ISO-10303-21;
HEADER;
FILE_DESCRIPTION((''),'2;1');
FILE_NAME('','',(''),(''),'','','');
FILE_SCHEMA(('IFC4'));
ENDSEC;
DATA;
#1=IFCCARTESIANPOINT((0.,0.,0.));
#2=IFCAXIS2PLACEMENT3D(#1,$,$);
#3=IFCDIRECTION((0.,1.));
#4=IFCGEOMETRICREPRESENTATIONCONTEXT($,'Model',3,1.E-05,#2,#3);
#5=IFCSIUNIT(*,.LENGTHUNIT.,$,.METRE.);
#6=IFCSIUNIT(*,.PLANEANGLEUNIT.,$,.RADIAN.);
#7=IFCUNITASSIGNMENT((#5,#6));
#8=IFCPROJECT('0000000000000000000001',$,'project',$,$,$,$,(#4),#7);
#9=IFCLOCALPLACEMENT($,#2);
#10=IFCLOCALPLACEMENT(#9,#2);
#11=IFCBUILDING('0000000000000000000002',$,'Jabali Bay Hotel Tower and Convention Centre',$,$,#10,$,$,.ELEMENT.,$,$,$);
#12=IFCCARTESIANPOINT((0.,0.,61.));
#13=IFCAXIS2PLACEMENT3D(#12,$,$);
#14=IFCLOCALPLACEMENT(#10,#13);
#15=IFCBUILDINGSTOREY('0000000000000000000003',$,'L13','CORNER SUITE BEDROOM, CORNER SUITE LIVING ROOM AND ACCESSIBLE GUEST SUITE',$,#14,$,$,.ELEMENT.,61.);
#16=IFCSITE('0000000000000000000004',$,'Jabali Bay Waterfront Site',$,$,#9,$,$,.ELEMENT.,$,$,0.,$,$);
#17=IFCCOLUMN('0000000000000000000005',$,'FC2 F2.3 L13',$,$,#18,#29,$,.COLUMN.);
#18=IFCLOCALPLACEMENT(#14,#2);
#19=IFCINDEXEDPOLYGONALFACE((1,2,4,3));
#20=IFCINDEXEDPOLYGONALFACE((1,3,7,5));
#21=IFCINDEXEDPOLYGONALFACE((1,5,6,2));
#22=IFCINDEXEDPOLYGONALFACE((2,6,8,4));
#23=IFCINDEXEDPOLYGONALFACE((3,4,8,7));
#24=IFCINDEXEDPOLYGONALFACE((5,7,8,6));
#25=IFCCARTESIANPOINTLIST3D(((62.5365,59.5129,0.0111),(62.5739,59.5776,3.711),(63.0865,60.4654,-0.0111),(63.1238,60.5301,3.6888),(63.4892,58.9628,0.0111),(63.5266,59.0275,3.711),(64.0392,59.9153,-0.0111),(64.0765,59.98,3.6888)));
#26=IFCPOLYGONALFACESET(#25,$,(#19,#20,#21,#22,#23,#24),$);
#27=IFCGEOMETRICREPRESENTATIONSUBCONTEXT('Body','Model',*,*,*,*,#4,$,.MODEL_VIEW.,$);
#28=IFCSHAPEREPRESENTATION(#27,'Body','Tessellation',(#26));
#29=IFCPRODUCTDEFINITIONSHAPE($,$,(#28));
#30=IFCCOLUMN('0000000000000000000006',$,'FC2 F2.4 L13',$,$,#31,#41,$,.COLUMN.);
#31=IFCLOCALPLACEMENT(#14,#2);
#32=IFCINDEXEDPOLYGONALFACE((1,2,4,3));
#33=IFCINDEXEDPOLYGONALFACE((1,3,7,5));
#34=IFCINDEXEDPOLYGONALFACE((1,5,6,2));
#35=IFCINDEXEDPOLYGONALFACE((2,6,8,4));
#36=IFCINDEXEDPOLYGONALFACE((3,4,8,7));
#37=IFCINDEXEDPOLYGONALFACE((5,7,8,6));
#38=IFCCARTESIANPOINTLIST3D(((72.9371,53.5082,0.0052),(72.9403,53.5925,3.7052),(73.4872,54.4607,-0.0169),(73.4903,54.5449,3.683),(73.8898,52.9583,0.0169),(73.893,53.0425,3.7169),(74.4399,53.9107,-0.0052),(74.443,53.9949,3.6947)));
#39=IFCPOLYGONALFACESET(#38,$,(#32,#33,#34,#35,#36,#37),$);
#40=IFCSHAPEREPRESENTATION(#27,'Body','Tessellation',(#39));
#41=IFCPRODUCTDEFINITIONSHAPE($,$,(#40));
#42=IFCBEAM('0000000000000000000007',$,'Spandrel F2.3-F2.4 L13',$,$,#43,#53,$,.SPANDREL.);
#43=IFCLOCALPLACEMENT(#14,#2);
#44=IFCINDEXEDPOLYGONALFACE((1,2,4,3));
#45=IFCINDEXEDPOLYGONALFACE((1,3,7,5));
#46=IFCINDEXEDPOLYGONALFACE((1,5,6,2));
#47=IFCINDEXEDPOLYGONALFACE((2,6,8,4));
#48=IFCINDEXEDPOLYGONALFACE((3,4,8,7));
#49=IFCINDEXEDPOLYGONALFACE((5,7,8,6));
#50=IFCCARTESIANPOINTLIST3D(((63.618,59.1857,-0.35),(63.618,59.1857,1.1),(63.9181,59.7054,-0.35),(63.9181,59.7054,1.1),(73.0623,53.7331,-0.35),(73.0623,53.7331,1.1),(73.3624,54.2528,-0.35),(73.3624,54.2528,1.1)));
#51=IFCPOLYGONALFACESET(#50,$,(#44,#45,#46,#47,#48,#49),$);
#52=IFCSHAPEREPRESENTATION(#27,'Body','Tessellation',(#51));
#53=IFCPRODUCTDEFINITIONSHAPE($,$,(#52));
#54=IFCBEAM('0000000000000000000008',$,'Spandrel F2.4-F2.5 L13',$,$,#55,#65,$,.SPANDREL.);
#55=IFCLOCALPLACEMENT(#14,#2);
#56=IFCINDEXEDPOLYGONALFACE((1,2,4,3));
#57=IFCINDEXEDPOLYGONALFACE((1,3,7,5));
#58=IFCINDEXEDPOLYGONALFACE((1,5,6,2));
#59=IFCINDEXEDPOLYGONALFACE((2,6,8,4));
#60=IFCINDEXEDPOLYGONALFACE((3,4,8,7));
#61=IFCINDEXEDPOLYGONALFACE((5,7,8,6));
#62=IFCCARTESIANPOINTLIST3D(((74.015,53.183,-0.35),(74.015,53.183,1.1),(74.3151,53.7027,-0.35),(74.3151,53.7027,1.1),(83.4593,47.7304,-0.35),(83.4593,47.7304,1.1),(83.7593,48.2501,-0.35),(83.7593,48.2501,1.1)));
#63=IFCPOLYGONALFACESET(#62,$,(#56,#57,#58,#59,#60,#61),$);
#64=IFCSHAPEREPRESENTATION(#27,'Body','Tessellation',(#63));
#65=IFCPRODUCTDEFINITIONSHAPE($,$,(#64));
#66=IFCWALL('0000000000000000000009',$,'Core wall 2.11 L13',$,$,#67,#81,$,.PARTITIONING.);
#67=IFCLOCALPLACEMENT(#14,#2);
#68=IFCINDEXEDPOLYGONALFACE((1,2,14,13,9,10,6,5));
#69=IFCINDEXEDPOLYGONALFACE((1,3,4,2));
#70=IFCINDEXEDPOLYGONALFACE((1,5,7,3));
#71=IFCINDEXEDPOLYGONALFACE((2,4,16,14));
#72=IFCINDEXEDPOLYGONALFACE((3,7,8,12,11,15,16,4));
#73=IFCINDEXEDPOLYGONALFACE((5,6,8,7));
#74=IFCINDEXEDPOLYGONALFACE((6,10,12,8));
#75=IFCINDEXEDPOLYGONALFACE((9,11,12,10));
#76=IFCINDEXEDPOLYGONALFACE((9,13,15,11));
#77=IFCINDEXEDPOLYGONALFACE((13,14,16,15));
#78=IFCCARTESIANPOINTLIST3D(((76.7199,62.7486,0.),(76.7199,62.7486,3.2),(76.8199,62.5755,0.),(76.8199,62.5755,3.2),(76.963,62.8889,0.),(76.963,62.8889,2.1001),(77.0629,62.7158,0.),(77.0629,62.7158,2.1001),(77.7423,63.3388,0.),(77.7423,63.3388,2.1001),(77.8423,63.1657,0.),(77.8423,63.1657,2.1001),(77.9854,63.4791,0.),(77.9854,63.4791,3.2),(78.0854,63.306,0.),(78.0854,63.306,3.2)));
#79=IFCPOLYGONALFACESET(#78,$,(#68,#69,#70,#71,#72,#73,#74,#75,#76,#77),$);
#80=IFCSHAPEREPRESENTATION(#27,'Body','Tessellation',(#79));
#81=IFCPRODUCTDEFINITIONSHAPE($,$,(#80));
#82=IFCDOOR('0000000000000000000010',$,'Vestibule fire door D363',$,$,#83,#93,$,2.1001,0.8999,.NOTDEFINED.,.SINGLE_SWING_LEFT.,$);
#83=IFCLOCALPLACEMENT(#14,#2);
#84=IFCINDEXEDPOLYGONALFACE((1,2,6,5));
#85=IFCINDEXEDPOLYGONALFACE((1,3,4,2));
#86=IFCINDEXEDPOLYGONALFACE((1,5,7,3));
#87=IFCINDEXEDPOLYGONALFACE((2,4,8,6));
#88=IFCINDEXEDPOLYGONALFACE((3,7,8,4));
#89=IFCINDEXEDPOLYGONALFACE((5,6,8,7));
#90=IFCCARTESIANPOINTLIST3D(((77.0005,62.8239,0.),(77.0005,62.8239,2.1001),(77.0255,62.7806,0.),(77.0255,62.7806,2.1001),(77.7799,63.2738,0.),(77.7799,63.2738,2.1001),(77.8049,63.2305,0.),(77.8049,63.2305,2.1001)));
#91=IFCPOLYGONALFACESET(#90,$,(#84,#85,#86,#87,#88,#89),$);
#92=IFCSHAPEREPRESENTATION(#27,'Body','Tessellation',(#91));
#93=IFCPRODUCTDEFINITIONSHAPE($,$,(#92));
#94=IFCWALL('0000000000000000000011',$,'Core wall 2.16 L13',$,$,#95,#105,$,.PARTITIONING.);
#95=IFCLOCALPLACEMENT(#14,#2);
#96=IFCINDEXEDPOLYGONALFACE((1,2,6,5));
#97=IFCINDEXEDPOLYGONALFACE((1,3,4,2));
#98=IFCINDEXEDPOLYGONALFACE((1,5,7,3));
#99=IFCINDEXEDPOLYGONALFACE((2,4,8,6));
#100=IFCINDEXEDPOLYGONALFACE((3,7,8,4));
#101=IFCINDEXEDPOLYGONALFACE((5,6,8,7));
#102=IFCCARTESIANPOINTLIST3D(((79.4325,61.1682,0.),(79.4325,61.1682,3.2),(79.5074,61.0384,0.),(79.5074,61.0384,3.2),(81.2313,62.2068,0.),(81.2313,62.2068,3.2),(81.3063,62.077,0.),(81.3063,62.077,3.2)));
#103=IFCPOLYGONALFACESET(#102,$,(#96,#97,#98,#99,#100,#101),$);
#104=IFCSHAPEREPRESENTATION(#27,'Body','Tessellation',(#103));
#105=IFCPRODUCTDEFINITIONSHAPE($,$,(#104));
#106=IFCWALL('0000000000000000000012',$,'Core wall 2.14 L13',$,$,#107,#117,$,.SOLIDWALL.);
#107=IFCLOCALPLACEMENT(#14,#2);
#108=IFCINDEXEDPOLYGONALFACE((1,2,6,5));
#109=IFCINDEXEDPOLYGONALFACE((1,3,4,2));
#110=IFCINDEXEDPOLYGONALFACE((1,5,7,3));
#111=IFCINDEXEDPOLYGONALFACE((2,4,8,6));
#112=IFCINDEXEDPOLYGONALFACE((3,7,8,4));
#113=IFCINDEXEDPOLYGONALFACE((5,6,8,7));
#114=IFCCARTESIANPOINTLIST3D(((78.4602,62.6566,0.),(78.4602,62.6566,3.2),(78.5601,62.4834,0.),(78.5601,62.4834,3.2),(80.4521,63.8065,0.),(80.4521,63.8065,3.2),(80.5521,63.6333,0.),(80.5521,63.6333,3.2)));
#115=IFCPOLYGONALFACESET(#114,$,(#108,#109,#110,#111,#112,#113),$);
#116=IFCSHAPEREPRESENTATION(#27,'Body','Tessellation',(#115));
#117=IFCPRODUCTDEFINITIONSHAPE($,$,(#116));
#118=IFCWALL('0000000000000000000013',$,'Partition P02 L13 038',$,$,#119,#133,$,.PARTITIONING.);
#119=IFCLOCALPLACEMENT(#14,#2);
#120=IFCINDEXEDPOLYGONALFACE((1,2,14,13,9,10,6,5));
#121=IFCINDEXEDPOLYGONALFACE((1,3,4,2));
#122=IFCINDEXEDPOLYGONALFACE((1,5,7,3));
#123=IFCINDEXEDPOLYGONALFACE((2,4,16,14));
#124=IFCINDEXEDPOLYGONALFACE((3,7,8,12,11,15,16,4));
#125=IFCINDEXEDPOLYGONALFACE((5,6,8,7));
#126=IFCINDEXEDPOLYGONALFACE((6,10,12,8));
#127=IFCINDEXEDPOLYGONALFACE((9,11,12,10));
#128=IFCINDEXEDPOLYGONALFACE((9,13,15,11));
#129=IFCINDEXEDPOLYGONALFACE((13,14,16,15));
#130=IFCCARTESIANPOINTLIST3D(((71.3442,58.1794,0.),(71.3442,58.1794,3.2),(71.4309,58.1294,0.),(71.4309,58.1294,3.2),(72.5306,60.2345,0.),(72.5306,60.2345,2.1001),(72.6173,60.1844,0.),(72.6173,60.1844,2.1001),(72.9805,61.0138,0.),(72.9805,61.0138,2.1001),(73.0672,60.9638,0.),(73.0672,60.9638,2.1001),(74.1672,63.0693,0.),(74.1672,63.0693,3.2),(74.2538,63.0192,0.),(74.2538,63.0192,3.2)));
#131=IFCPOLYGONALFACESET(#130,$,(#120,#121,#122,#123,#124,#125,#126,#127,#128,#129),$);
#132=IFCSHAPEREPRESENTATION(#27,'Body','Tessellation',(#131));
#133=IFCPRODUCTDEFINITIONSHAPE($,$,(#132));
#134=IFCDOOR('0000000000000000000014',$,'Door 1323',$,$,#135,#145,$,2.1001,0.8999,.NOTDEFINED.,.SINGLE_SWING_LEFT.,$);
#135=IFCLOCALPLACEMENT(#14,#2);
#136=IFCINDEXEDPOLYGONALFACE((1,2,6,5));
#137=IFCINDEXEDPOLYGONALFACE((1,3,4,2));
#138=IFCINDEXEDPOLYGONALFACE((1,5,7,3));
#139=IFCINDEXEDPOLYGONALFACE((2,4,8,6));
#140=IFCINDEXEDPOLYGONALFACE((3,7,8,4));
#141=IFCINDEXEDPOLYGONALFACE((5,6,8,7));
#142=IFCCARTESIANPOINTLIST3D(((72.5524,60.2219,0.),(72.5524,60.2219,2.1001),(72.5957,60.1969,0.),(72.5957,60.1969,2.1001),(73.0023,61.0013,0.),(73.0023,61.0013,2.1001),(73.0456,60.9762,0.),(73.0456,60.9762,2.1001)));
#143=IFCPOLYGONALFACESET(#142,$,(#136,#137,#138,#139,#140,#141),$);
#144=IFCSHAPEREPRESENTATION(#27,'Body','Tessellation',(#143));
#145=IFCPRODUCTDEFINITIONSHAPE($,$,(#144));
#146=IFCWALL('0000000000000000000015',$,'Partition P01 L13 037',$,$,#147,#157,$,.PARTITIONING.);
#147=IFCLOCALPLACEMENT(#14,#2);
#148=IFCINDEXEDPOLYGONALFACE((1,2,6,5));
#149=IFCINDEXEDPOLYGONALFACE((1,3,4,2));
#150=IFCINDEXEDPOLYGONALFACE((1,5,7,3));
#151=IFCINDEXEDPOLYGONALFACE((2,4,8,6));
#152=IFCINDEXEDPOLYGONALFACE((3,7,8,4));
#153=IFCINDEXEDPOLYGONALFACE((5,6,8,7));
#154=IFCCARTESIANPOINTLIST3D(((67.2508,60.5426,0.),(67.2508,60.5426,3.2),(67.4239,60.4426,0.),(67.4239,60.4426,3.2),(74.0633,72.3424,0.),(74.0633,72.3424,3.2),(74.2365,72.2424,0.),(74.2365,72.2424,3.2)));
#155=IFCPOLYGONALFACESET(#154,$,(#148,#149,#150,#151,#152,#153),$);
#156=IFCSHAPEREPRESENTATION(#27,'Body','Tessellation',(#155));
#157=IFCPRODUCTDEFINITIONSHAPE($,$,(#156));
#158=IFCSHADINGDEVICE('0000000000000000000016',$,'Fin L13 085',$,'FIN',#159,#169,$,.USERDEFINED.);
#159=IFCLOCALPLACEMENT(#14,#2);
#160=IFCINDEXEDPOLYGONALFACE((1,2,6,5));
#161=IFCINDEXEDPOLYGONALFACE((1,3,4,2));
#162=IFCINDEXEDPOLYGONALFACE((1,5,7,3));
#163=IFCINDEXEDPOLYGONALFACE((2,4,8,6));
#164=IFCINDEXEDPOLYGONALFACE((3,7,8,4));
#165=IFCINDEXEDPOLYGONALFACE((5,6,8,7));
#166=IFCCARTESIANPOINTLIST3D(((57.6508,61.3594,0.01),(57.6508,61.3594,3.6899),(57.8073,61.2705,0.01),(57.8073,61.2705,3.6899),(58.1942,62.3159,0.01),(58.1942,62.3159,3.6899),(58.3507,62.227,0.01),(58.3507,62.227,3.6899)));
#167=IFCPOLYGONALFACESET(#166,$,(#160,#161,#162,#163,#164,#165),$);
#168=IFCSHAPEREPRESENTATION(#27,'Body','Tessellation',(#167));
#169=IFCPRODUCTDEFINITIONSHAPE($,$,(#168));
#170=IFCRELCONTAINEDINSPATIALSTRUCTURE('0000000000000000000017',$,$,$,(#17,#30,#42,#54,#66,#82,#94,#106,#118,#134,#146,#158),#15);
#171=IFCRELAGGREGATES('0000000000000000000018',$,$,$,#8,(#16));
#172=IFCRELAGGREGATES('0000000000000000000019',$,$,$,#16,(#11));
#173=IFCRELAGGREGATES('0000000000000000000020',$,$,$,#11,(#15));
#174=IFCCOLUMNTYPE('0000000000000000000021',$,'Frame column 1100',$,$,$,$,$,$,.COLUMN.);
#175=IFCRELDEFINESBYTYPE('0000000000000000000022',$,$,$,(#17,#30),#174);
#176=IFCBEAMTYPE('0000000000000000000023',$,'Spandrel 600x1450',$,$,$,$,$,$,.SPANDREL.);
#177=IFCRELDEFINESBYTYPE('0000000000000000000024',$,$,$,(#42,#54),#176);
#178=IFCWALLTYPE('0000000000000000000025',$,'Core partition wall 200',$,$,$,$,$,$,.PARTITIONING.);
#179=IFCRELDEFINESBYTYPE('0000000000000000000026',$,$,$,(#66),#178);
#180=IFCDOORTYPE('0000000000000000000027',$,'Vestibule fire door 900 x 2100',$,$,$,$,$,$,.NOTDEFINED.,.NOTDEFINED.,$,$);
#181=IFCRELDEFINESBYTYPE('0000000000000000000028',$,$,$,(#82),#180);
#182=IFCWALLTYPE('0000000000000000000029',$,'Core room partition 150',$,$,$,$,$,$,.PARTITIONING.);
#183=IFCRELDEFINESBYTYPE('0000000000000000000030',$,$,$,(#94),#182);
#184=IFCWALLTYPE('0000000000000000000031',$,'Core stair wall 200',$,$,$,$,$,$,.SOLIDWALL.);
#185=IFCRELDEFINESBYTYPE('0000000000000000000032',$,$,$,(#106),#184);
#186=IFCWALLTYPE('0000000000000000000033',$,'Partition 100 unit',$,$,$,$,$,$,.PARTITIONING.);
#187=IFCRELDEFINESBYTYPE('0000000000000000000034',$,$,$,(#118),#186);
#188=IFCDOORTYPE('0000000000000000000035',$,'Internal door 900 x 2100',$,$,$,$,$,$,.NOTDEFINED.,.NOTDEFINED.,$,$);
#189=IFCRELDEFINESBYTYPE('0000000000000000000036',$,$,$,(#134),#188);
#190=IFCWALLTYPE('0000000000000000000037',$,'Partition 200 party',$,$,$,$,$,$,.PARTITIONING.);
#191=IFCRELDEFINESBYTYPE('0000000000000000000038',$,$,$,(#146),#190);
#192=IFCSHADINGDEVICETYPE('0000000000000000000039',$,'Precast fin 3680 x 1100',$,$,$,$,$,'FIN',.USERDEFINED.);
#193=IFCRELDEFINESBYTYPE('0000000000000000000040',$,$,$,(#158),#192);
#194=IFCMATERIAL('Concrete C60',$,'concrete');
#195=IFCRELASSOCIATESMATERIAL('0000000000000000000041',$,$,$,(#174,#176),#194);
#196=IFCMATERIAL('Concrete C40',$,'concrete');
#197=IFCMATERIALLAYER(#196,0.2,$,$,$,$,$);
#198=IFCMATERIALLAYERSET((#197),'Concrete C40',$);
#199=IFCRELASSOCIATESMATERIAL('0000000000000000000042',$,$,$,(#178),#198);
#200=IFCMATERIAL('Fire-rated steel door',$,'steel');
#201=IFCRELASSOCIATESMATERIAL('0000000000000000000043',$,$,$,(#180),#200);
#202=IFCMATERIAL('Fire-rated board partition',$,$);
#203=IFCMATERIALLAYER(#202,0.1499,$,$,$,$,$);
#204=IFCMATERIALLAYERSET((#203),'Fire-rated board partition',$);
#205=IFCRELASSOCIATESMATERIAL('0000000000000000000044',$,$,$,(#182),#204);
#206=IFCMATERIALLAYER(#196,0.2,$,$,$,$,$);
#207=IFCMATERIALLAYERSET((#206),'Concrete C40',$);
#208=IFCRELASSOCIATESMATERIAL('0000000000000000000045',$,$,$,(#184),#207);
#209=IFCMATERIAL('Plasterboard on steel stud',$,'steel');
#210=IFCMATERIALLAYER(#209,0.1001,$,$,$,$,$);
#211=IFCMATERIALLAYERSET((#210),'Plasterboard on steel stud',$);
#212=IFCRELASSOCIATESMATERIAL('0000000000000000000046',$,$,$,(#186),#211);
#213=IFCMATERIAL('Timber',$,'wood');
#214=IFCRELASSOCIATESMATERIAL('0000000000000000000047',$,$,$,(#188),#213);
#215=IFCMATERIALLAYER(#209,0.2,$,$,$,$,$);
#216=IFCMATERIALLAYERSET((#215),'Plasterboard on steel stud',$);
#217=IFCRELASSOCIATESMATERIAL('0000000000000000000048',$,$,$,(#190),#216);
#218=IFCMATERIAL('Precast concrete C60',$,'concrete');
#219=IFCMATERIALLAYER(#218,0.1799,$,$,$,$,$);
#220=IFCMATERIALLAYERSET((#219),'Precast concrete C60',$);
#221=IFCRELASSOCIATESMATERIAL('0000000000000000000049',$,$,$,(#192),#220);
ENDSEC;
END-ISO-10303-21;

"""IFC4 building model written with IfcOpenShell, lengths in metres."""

from ifc_helpers import new_model, si_unit, direction, frame, frame_2d, origin, origin_2d, place, context, subcontext, project, spatial, rectangle, extrude, material, layer, layer_set, material_profile, profile_set, type_object, element, fill, save


model = new_model("IFC4")

# Units and contexts
model_context = context("Model", 3, precision=1e-05, world=origin(), true_north=direction((0.0, 1.0)))
body_context = subcontext(model_context, "Body", "Model", "MODEL_VIEW")
ifc_project = project(units=[si_unit("LENGTHUNIT", "METRE"), si_unit("PLANEANGLEUNIT", "RADIAN")], contexts=[model_context])

# Site, building, storey
site_placement = place(None, origin())
site = spatial("IfcSite", under=ifc_project, at=site_placement, Name="Jabali Bay Waterfront Site", CompositionType="ELEMENT", RefElevation=0.0)
building_placement = place(site_placement, origin())
building = spatial("IfcBuilding", under=site, at=building_placement, Name="Jabali Bay Hotel Tower and Convention Centre", CompositionType="ELEMENT")
storey_placement = place(building_placement, frame((0.0, 0.0, 61.0)))
storey = spatial("IfcBuildingStorey", under=building, at=storey_placement, Name="L13", Description="CORNER SUITE BEDROOM, CORNER SUITE LIVING ROOM AND ACCESSIBLE GUEST SUITE", CompositionType="ELEMENT", Elevation=61.0)

# Columns
ifc_material_1 = material(Name="Concrete C60", Category="concrete")
ifc_material_profile_1 = material_profile(ifc_material_1, rectangle(XDim=1.1001, YDim=1.1001, at=origin_2d()), Name="Frame column 1100")
ifc_profile_set_1 = profile_set([ifc_material_profile_1], Name="Concrete C60")
column_type = type_object("IfcColumnType", Name="Frame column 1100", PredefinedType="COLUMN", material=ifc_profile_set_1)
column_1_placement = place(storey_placement, frame((63.2878, 59.7141, 0.0), z_axis=(0.010094, 0.017482, 0.999796), x_axis=(-0.499907, -0.865844, 0.020187)))
element("IfcColumn", 1, at=column_1_placement, inside=storey, type_object=column_type, Name="FC2 F2.3 L13", PredefinedType="COLUMN", context=body_context, shape_type="SweptSolid", body=[
    extrude(rectangle(XDim=1.1001, YDim=1.1001, at=origin_2d()), origin(), (0.0, 0.0, 1.0), 3.7007),
])
column_2_placement = place(storey_placement, frame((73.6885, 53.7095, 0.0), z_axis=(0.000858, 0.022759, 0.999741), x_axis=(-0.500033, -0.865772, 0.020138)))
element("IfcColumn", 2, at=column_2_placement, inside=storey, type_object=column_type, Name="FC2 F2.4 L13", PredefinedType="COLUMN", context=body_context, shape_type="SweptSolid", body=[
    extrude(rectangle(XDim=1.1001, YDim=1.1001, at=origin_2d()), origin(), (0.0, 0.0, 1.0), 3.7009),
])

# Beams
ifc_material_profile_2 = material_profile(ifc_material_1, rectangle(XDim=0.6001, YDim=1.45, at=origin_2d()), Name="Spandrel 600x1450")
ifc_profile_set_2 = profile_set([ifc_material_profile_2], Name="Concrete C60")
beam_type = type_object("IfcBeamType", Name="Spandrel 600x1450", PredefinedType="SPANDREL", material=ifc_profile_set_2)
for number, where, z_axis, x_axis, name in (
    (3, (63.7681, 59.4456, 0.375), (0.866028, -0.499996, 0.0), (0.499996, 0.866028, 0.0), "Spandrel F2.3-F2.4 L13"),
    (4, (74.165, 53.4429, 0.375), (0.866028, -0.499996, 0.0), (0.499996, 0.866028, 0.0), "Spandrel F2.4-F2.5 L13"),
):
    element("IfcBeam", number, at=place(storey_placement, frame(where, z_axis=z_axis, x_axis=x_axis)), inside=storey, type_object=beam_type, Name=name, PredefinedType="SPANDREL", context=body_context, shape_type="SweptSolid", body=[
        extrude(rectangle(XDim=0.6001, YDim=1.45, at=origin_2d()), origin(), (0.0, 0.0, 1.0), 10.9053),
    ])

# Wall, opening, door
ifc_material_2 = material(Name="Concrete C40", Category="concrete")
ifc_layer_1 = layer(ifc_material_2, 0.2)
ifc_layer_set_1 = layer_set([ifc_layer_1], Name="Concrete C40")
wall_type_1 = type_object("IfcWallType", Name="Core partition wall 200", PredefinedType="PARTITIONING", material=ifc_layer_set_1)
wall_1_placement = place(storey_placement, frame((76.77, 62.6621, 0.0), z_axis=(0.0, 0.0, 1.0), x_axis=(0.866055, 0.499949, 0.0)))
wall_1 = element("IfcWall", 5, at=wall_1_placement, inside=storey, type_object=wall_type_1, Name="Core wall 2.11 L13", PredefinedType="PARTITIONING", context=body_context, shape_type="SweptSolid", body=[
    extrude(rectangle(XDim=1.4612, YDim=0.2, at=frame_2d((0.7305, 0.0))), origin(), (0.0, 0.0, 1.0), 3.2),
])
opening_1_placement = place(wall_1_placement, frame((0.2805, 0.0, 0.0)))
opening_1 = element("IfcOpeningElement", 6, at=opening_1_placement, cuts=wall_1, PredefinedType="OPENING", context=body_context, shape_type="SweptSolid", body=[
    extrude(rectangle(XDim=0.8999, YDim=2.1001, at=frame_2d((0.45, 1.05))), frame((0.0, 0.1104, 0.0), z_axis=(0.0, -1.0, 0.0), x_axis=(1.0, 0.0, 0.0)), (0.0, 0.0, 1.0), 0.2209),
])
ifc_material_3 = material(Name="Fire-rated steel door", Category="steel")
door_type_1 = type_object("IfcDoorType", Name="Vestibule fire door 900 x 2100", OperationType="NOTDEFINED", PredefinedType="NOTDEFINED", material=ifc_material_3)
door_1_placement = place(opening_1_placement, origin())
door_1 = element("IfcDoor", 7, at=door_1_placement, inside=storey, type_object=door_type_1, Name="Vestibule fire door D363", OperationType="SINGLE_SWING_LEFT", OverallHeight=2.1001, OverallWidth=0.8999, PredefinedType="NOTDEFINED", context=body_context, shape_type="SweptSolid", body=[
    extrude(rectangle(XDim=0.8999, YDim=2.1001, at=frame_2d((0.45, 1.05))), frame((0.0, 0.0249, 0.0), z_axis=(0.0, -1.0, 0.0), x_axis=(1.0, 0.0, 0.0)), (0.0, 0.0, 1.0), 0.05),
])
fill(opening_1, door_1)

# Walls
ifc_material_4 = material(Name="Fire-rated board partition")
ifc_layer_2 = layer(ifc_material_4, 0.1499)
ifc_layer_set_2 = layer_set([ifc_layer_2], Name="Fire-rated board partition")
wall_type_2 = type_object("IfcWallType", Name="Core room partition 150", PredefinedType="PARTITIONING", material=ifc_layer_set_2)
wall_2_placement = place(storey_placement, frame((79.47, 61.1033, 0.0), z_axis=(0.0, 0.0, 1.0), x_axis=(0.866021, 0.500007, 0.0)))
element("IfcWall", 8, at=wall_2_placement, inside=storey, type_object=wall_type_2, Name="Core wall 2.16 L13", PredefinedType="PARTITIONING", context=body_context, shape_type="SweptSolid", body=[
    extrude(rectangle(XDim=2.0771, YDim=0.1499, at=frame_2d((1.0386, 0.0))), origin(), (0.0, 0.0, 1.0), 3.2),
])
ifc_layer_3 = layer(ifc_material_2, 0.2)
ifc_layer_set_3 = layer_set([ifc_layer_3], Name="Concrete C40")
wall_type_3 = type_object("IfcWallType", Name="Core stair wall 200", PredefinedType="SOLIDWALL", material=ifc_layer_set_3)
wall_3_placement = place(storey_placement, frame((78.5103, 62.5701, 0.0), z_axis=(0.0, 0.0, 1.0), x_axis=(0.866053, 0.499952, 0.0)))
element("IfcWall", 9, at=wall_3_placement, inside=storey, type_object=wall_type_3, Name="Core wall 2.14 L13", PredefinedType="SOLIDWALL", context=body_context, shape_type="SweptSolid", body=[
    extrude(rectangle(XDim=2.3, YDim=0.2, at=frame_2d((1.1499, 0.0))), origin(), (0.0, 0.0, 1.0), 3.2),
])

# Wall, opening, door
ifc_material_5 = material(Name="Plasterboard on steel stud", Category="steel")
ifc_layer_4 = layer(ifc_material_5, 0.1001)
ifc_layer_set_4 = layer_set([ifc_layer_4], Name="Plasterboard on steel stud")
wall_type_4 = type_object("IfcWallType", Name="Partition 100 unit", PredefinedType="PARTITIONING", material=ifc_layer_set_4)
wall_4_placement = place(storey_placement, frame((71.3875, 58.1543, 0.0), z_axis=(0.0, 0.0, 1.0), x_axis=(0.499976, 0.866039, 0.0)))
wall_4 = element("IfcWall", 10, at=wall_4_placement, inside=storey, type_object=wall_type_4, Name="Partition P02 L13 038", PredefinedType="PARTITIONING", context=body_context, shape_type="SweptSolid", body=[
    extrude(rectangle(XDim=5.6462, YDim=0.1001, at=frame_2d((2.8232, 0.0))), origin(), (0.0, 0.0, 1.0), 3.2),
])
opening_2_placement = place(wall_4_placement, frame((2.373, 0.0, 0.0)))
opening_2 = element("IfcOpeningElement", 11, at=opening_2_placement, cuts=wall_4, PredefinedType="OPENING", context=body_context, shape_type="SweptSolid", body=[
    extrude(rectangle(XDim=0.8999, YDim=2.1001, at=frame_2d((0.45, 1.05))), frame((0.0, 0.0605, 0.0), z_axis=(0.0, -1.0, 0.0), x_axis=(1.0, 0.0, 0.0)), (0.0, 0.0, 1.0), 0.1211),
])
ifc_material_6 = material(Name="Timber", Category="wood")
door_type_2 = type_object("IfcDoorType", Name="Internal door 900 x 2100", OperationType="NOTDEFINED", PredefinedType="NOTDEFINED", material=ifc_material_6)
door_2_placement = place(opening_2_placement, origin())
door_2 = element("IfcDoor", 12, at=door_2_placement, inside=storey, type_object=door_type_2, Name="Door 1323", OperationType="SINGLE_SWING_LEFT", OverallHeight=2.1001, OverallWidth=0.8999, PredefinedType="NOTDEFINED", context=body_context, shape_type="SweptSolid", body=[
    extrude(rectangle(XDim=0.8999, YDim=2.1001, at=frame_2d((0.45, 1.05))), frame((0.0, 0.0249, 0.0), z_axis=(0.0, -1.0, 0.0), x_axis=(1.0, 0.0, 0.0)), (0.0, 0.0, 1.0), 0.05),
])
fill(opening_2, door_2)

# Wall
ifc_layer_5 = layer(ifc_material_5, 0.2)
ifc_layer_set_5 = layer_set([ifc_layer_5], Name="Plasterboard on steel stud")
wall_type_5 = type_object("IfcWallType", Name="Partition 200 party", PredefinedType="PARTITIONING", material=ifc_layer_set_5)
wall_5_placement = place(storey_placement, frame((67.3374, 60.4927, 0.0), z_axis=(0.0, 0.0, 1.0), x_axis=(0.499993, 0.866029, 0.0)))
element("IfcWall", 13, at=wall_5_placement, inside=storey, type_object=wall_type_5, Name="Partition P01 L13 037", PredefinedType="PARTITIONING", context=body_context, shape_type="SweptSolid", body=[
    extrude(rectangle(XDim=13.6252, YDim=0.2, at=frame_2d((6.8125, 0.0))), origin(), (0.0, 0.0, 1.0), 3.2),
])

# Shading device
ifc_material_7 = material(Name="Precast concrete C60", Category="concrete")
ifc_layer_6 = layer(ifc_material_7, 0.1799)
ifc_layer_set_6 = layer_set([ifc_layer_6], Name="Precast concrete C60")
shading_device_type_1 = type_object("IfcShadingDeviceType", Name="Precast fin 3680 x 1100", ElementType="FIN", PredefinedType="USERDEFINED", material=ifc_layer_set_6)
for number, where, z_axis, x_axis, name in (
    (14, (58.2725, 62.2715, 0.01), (0.0, 0.0, 1.0), (-0.493987, -0.86947, 0.0), "Fin L13 085"),
):
    element("IfcShadingDevice", number, at=place(storey_placement, frame(where, z_axis=z_axis, x_axis=x_axis)), inside=storey, type_object=shading_device_type_1, Name=name, ObjectType="FIN", PredefinedType="USERDEFINED", context=body_context, shape_type="SweptSolid", body=[
        extrude(rectangle(XDim=1.1001, YDim=0.1799, at=frame_2d((0.55, 0.0))), origin(), (0.0, 0.0, 1.0), 3.6799),
    ])

save(model, "model.ifc")
